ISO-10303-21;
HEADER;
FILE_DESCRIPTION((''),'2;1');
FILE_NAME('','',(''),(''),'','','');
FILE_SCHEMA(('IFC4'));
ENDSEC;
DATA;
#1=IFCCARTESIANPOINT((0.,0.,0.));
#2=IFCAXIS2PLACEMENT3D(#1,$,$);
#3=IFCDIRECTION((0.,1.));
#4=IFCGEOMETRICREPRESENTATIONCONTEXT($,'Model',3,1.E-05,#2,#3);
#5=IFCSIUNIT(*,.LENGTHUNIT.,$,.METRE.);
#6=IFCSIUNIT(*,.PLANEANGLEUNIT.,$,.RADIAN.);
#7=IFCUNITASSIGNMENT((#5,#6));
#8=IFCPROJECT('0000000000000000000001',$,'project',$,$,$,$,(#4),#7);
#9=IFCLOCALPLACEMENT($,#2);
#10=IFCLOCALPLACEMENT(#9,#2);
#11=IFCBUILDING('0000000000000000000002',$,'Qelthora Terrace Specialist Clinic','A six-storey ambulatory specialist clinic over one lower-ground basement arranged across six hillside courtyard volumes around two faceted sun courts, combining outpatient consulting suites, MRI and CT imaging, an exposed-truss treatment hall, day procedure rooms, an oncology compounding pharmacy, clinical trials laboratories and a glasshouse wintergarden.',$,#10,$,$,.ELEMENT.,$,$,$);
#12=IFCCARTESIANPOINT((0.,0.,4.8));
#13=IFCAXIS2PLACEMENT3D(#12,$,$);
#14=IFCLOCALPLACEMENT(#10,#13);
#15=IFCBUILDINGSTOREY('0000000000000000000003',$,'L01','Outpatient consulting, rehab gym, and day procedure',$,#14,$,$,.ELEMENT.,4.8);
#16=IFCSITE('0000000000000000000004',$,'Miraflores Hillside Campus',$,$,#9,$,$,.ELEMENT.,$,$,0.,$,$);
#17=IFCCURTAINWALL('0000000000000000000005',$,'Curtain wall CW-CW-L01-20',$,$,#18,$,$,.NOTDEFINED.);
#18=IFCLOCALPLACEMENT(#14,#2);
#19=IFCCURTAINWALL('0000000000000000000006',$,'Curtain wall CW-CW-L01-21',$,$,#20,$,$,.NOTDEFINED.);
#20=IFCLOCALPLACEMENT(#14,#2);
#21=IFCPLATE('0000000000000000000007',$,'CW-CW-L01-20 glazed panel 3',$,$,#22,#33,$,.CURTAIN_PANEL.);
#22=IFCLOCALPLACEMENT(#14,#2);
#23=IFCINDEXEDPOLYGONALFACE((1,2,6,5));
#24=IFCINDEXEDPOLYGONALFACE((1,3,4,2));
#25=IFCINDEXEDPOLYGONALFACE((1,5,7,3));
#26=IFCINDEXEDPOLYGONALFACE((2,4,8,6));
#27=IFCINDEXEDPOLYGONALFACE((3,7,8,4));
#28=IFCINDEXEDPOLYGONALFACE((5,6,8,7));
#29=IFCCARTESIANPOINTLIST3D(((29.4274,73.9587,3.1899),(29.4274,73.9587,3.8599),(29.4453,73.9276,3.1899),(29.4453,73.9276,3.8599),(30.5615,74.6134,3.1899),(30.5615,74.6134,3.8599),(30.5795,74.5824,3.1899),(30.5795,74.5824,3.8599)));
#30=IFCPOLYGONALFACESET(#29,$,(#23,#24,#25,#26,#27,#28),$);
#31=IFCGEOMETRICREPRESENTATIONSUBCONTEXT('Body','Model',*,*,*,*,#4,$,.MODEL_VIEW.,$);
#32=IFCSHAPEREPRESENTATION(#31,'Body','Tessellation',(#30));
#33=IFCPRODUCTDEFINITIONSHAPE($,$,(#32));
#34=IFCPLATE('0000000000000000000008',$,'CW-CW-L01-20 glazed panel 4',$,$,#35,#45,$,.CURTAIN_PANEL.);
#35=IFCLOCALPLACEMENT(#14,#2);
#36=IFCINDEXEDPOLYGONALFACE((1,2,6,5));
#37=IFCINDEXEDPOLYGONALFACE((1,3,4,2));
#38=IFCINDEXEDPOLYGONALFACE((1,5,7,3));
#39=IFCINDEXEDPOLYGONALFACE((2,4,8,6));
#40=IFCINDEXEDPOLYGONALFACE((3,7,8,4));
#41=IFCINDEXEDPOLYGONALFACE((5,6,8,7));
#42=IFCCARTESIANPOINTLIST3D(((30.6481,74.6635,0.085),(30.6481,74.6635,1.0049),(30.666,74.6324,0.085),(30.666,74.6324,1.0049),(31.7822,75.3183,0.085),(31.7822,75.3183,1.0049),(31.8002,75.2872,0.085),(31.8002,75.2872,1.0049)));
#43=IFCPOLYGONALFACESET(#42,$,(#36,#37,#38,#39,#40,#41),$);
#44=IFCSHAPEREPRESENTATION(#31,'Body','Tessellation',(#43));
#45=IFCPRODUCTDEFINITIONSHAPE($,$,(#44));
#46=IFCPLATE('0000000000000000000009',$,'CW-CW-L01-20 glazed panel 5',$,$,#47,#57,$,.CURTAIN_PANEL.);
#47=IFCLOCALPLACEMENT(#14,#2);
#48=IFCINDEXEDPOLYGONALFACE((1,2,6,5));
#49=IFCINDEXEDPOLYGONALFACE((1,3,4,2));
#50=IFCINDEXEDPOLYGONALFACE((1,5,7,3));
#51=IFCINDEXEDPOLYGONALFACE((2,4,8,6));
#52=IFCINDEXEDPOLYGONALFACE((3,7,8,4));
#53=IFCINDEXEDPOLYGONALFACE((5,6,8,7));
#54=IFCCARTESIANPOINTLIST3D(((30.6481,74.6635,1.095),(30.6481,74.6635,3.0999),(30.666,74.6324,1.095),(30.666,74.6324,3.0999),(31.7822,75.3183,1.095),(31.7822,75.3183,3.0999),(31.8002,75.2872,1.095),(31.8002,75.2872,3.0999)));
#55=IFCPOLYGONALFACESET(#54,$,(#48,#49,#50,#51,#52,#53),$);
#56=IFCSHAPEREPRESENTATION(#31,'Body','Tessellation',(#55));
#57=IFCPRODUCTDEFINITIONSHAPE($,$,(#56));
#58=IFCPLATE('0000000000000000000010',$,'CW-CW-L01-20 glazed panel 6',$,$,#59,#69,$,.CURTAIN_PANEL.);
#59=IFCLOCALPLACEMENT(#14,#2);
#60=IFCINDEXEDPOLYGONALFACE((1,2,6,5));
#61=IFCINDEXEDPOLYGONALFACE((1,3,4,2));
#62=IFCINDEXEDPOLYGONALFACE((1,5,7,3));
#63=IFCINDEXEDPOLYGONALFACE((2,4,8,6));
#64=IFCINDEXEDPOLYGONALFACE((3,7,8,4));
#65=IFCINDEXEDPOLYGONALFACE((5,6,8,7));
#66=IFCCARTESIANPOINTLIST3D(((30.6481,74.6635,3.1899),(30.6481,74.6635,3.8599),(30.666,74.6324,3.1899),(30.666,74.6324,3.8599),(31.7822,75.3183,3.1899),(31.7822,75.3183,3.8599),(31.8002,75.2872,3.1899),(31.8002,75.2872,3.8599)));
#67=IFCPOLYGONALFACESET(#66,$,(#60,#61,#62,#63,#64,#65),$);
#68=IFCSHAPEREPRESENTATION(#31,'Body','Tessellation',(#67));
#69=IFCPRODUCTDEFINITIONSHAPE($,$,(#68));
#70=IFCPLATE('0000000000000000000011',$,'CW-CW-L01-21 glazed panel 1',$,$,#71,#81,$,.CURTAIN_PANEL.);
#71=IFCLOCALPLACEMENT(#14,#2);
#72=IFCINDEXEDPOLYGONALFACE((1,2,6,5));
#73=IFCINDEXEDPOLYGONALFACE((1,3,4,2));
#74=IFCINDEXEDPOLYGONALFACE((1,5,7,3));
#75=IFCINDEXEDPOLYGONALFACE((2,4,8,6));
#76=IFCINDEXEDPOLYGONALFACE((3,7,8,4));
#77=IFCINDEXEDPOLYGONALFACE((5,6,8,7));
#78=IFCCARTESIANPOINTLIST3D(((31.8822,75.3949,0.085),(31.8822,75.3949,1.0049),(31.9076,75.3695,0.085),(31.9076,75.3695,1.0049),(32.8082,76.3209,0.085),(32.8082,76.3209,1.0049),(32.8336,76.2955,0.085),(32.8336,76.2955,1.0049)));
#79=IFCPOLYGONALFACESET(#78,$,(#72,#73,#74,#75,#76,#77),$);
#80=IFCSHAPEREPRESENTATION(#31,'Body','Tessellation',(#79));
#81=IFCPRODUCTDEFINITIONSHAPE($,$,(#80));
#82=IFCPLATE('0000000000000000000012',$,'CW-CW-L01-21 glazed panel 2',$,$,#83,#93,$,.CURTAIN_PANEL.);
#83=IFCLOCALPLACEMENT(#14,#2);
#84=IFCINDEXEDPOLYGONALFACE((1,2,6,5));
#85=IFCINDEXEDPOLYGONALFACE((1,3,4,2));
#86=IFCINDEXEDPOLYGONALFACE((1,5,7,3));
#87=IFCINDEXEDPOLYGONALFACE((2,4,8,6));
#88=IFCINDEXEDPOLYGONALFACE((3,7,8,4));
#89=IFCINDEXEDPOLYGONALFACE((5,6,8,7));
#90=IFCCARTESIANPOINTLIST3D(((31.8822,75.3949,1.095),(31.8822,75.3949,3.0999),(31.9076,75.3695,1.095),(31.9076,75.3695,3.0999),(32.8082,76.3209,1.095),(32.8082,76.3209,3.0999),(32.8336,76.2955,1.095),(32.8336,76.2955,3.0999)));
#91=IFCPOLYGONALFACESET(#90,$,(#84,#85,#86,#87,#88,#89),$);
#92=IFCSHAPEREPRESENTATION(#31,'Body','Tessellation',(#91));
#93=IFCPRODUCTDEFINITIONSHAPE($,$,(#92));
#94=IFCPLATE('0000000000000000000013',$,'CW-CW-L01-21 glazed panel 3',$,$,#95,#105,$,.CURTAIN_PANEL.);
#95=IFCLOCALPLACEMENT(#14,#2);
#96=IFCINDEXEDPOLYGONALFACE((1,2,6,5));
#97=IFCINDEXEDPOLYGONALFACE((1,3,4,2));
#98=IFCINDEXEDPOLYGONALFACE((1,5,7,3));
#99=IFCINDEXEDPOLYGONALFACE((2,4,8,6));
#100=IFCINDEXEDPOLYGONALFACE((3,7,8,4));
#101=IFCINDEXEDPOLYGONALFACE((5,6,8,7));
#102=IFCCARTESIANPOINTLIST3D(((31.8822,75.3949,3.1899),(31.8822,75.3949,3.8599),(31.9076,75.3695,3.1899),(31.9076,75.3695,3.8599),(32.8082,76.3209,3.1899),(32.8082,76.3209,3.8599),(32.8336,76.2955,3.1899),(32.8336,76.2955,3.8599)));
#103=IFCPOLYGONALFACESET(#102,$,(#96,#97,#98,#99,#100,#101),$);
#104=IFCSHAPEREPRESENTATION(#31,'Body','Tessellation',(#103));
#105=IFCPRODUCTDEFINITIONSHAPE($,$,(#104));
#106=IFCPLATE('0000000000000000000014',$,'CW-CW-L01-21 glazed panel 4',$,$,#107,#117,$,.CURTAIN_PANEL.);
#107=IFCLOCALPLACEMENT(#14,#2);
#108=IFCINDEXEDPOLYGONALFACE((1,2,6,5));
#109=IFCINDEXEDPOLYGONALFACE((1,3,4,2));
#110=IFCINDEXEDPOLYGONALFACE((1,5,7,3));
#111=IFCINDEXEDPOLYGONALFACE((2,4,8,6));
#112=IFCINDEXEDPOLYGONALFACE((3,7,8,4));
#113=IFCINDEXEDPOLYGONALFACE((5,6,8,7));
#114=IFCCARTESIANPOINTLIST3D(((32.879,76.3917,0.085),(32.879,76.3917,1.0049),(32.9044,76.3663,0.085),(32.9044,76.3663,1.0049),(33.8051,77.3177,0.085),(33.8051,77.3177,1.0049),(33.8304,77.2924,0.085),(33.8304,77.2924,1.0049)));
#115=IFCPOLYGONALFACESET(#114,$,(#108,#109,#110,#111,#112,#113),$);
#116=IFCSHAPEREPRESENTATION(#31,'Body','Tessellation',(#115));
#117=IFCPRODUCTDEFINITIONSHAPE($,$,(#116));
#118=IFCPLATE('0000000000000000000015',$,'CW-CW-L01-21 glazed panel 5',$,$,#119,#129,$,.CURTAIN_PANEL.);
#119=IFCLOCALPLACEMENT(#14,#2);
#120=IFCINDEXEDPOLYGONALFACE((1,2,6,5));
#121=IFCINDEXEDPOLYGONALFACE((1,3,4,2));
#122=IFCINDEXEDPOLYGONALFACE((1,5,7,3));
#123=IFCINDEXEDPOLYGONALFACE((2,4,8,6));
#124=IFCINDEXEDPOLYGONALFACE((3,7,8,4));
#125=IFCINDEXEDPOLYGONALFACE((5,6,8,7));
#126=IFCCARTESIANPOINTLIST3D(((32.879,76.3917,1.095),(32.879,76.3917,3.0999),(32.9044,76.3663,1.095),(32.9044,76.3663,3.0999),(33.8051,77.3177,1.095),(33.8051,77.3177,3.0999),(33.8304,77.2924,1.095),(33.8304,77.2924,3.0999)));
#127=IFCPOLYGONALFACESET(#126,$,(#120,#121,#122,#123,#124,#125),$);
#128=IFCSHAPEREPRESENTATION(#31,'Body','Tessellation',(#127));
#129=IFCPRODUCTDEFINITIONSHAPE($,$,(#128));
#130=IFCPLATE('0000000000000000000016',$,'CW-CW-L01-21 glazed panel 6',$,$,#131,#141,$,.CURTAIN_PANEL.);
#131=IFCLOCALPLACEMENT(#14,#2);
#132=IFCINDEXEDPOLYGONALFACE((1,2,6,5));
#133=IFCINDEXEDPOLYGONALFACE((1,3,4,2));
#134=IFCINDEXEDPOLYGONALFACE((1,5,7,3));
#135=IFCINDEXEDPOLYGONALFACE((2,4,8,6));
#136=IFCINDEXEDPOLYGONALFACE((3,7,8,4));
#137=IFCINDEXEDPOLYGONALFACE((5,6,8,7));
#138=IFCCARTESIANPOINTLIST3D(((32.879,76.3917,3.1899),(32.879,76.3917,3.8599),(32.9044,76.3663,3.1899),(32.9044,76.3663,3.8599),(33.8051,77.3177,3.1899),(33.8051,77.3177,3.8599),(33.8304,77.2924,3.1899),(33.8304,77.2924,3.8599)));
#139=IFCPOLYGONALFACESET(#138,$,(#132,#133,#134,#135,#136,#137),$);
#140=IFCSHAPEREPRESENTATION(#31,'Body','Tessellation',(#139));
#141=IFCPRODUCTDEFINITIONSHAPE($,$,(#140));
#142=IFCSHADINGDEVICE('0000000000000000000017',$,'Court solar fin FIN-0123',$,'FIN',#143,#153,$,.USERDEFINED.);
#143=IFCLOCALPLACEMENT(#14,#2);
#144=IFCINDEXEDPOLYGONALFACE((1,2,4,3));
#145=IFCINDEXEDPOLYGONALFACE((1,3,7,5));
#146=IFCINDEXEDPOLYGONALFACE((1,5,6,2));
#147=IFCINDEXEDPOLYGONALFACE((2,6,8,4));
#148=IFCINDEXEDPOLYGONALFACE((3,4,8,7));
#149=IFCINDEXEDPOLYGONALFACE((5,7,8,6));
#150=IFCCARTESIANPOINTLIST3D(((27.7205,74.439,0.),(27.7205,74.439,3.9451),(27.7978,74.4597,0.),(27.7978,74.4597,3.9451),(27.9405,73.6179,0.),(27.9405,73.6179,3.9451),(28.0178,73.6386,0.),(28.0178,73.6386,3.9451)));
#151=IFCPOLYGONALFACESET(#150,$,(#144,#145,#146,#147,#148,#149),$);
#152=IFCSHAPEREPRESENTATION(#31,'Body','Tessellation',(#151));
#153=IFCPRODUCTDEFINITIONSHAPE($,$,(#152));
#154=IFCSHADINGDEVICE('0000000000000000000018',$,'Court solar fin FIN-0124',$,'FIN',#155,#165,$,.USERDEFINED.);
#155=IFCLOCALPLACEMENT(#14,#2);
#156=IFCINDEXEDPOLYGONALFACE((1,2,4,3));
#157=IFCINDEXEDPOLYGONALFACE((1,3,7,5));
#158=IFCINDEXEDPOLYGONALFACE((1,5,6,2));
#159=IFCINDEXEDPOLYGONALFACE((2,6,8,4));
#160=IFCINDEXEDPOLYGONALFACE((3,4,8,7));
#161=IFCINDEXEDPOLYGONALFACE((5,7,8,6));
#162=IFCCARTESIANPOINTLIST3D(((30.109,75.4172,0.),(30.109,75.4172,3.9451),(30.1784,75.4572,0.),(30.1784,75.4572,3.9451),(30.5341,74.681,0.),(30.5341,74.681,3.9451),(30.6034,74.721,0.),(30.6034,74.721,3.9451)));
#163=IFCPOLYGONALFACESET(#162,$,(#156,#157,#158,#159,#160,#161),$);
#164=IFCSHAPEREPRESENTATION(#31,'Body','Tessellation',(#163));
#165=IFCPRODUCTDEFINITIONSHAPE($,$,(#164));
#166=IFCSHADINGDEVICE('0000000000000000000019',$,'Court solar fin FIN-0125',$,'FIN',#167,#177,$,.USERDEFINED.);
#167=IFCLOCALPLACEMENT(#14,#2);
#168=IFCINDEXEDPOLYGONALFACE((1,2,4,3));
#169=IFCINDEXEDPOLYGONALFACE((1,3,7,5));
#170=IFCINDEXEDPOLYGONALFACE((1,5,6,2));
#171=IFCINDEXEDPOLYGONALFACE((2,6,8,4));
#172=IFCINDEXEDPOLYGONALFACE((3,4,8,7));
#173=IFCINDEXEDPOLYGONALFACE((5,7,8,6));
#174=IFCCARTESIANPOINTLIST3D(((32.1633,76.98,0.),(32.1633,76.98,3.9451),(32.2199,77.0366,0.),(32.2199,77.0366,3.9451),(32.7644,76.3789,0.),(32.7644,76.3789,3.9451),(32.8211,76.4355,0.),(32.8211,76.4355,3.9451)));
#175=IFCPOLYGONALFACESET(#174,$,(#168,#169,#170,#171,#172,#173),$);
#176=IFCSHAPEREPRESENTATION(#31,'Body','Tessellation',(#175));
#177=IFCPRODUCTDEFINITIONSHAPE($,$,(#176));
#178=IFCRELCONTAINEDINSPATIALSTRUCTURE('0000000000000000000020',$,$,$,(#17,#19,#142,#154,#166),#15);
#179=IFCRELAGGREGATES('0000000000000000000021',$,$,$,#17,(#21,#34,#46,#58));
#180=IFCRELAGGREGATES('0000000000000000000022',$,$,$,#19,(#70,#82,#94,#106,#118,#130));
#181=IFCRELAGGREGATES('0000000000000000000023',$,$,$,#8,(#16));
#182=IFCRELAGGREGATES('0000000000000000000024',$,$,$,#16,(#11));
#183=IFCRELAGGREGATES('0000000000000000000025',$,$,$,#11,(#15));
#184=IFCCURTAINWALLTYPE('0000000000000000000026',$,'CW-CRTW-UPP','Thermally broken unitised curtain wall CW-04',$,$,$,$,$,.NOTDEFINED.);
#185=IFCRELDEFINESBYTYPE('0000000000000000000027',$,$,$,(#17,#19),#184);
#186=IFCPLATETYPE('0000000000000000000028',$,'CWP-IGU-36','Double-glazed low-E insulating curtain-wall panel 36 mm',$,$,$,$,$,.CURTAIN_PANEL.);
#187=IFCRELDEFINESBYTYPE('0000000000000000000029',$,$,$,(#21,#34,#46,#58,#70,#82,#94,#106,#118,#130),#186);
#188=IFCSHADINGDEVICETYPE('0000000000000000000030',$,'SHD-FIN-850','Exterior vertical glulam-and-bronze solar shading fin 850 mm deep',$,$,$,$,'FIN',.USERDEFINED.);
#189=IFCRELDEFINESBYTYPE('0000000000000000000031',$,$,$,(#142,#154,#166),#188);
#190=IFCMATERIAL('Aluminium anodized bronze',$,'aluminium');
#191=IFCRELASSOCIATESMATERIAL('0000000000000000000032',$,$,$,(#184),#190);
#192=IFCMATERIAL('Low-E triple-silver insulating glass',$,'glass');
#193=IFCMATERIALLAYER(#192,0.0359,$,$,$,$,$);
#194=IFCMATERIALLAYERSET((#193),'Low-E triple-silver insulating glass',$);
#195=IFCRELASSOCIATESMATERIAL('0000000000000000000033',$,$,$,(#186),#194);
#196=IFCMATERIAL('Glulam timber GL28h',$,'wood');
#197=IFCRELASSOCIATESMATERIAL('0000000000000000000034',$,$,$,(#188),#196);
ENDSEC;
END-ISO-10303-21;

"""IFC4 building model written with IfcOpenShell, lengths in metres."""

from ifc_helpers import new_model, si_unit, direction, frame, origin, origin_2d, place, context, subcontext, project, spatial, rectangle, extrude, material, layer, layer_set, type_object, element, aggregate, save


model = new_model("IFC4")

# Units and contexts
model_context = context("Model", 3, precision=1e-05, world=origin(), true_north=direction((0.0, 1.0)))
body_context = subcontext(model_context, "Body", "Model", "MODEL_VIEW")
ifc_project = project(units=[si_unit("LENGTHUNIT", "METRE"), si_unit("PLANEANGLEUNIT", "RADIAN")], contexts=[model_context])

# Site, building, storey
site_placement = place(None, origin())
site = spatial("IfcSite", under=ifc_project, at=site_placement, Name="Miraflores Hillside Campus", CompositionType="ELEMENT", RefElevation=0.0)
building_placement = place(site_placement, origin())
building = spatial("IfcBuilding", under=site, at=building_placement, Name="Qelthora Terrace Specialist Clinic", Description="A six-storey ambulatory specialist clinic over one lower-ground basement arranged across six hillside courtyard volumes around two faceted sun courts, combining outpatient consulting suites, MRI and CT imaging, an exposed-truss treatment hall, day procedure rooms, an oncology compounding pharmacy, clinical trials laboratories and a glasshouse wintergarden.", CompositionType="ELEMENT")
storey_placement = place(building_placement, frame((0.0, 0.0, 4.8)))
storey = spatial("IfcBuildingStorey", under=building, at=storey_placement, Name="L01", Description="Outpatient consulting, rehab gym, and day procedure", CompositionType="ELEMENT", Elevation=4.8)

# Curtain walls
ifc_material_1 = material(Name="Aluminium anodized bronze", Category="aluminium")
curtain_wall_type = type_object("IfcCurtainWallType", Name="CW-CRTW-UPP", Description="Thermally broken unitised curtain wall CW-04", PredefinedType="NOTDEFINED", material=ifc_material_1)
curtain_wall_1_placement = place(storey_placement, origin())
curtain_wall_1 = element("IfcCurtainWall", 1, at=curtain_wall_1_placement, inside=storey, type_object=curtain_wall_type, Name="Curtain wall CW-CW-L01-20", PredefinedType="NOTDEFINED")
curtain_wall_2_placement = place(storey_placement, origin())
curtain_wall_2 = element("IfcCurtainWall", 2, at=curtain_wall_2_placement, inside=storey, type_object=curtain_wall_type, Name="Curtain wall CW-CW-L01-21", PredefinedType="NOTDEFINED")

# Plates
ifc_material_2 = material(Name="Low-E triple-silver insulating glass", Category="glass")
ifc_layer = layer(ifc_material_2, 0.0359)
ifc_layer_set = layer_set([ifc_layer], Name="Low-E triple-silver insulating glass")
plate_type = type_object("IfcPlateType", Name="CWP-IGU-36", Description="Double-glazed low-E insulating curtain-wall panel 36 mm", PredefinedType="CURTAIN_PANEL", material=ifc_layer_set)
plate_1_placement = place(storey_placement, frame((30.0034, 74.2705, 3.1899), z_axis=(0.0, 0.0, 1.0), x_axis=(0.866025, 0.5, 0.0)))
plate_1 = element("IfcPlate", 3, at=plate_1_placement, type_object=plate_type, Name="CW-CW-L01-20 glazed panel 3", PredefinedType="CURTAIN_PANEL", context=body_context, shape_type="SweptSolid", body=[
    extrude(rectangle(XDim=1.3096, YDim=0.0359, at=origin_2d()), origin(), (0.0, 0.0, 1.0), 0.6699),
])
plate_2_placement = place(storey_placement, frame((31.2241, 74.9753, 0.085), z_axis=(0.0, 0.0, 1.0), x_axis=(0.866025, 0.5, 0.0)))
plate_2 = element("IfcPlate", 4, at=plate_2_placement, type_object=plate_type, Name="CW-CW-L01-20 glazed panel 4", PredefinedType="CURTAIN_PANEL", context=body_context, shape_type="SweptSolid", body=[
    extrude(rectangle(XDim=1.3096, YDim=0.0359, at=origin_2d()), origin(), (0.0, 0.0, 1.0), 0.9199),
])
plate_3_placement = place(storey_placement, frame((31.2241, 74.9753, 1.095), z_axis=(0.0, 0.0, 1.0), x_axis=(0.866025, 0.5, 0.0)))
plate_3 = element("IfcPlate", 5, at=plate_3_placement, type_object=plate_type, Name="CW-CW-L01-20 glazed panel 5", PredefinedType="CURTAIN_PANEL", context=body_context, shape_type="SweptSolid", body=[
    extrude(rectangle(XDim=1.3096, YDim=0.0359, at=origin_2d()), origin(), (0.0, 0.0, 1.0), 2.0049),
])
plate_4_placement = place(storey_placement, frame((31.2241, 74.9753, 3.1899), z_axis=(0.0, 0.0, 1.0), x_axis=(0.866025, 0.5, 0.0)))
plate_4 = element("IfcPlate", 6, at=plate_4_placement, type_object=plate_type, Name="CW-CW-L01-20 glazed panel 6", PredefinedType="CURTAIN_PANEL", context=body_context, shape_type="SweptSolid", body=[
    extrude(rectangle(XDim=1.3096, YDim=0.0359, at=origin_2d()), origin(), (0.0, 0.0, 1.0), 0.6699),
])
aggregate(curtain_wall_1, [plate_1, plate_2, plate_3, plate_4])
plate_5_placement = place(storey_placement, frame((32.3579, 75.8452, 0.085), z_axis=(0.0, 0.0, 1.0), x_axis=(0.707107, 0.707107, 0.0)))
plate_5 = element("IfcPlate", 7, at=plate_5_placement, type_object=plate_type, Name="CW-CW-L01-21 glazed panel 1", PredefinedType="CURTAIN_PANEL", context=body_context, shape_type="SweptSolid", body=[
    extrude(rectangle(XDim=1.3096, YDim=0.0359, at=origin_2d()), origin(), (0.0, 0.0, 1.0), 0.9199),
])
plate_6_placement = place(storey_placement, frame((32.3579, 75.8452, 1.095), z_axis=(0.0, 0.0, 1.0), x_axis=(0.707107, 0.707107, 0.0)))
plate_6 = element("IfcPlate", 8, at=plate_6_placement, type_object=plate_type, Name="CW-CW-L01-21 glazed panel 2", PredefinedType="CURTAIN_PANEL", context=body_context, shape_type="SweptSolid", body=[
    extrude(rectangle(XDim=1.3096, YDim=0.0359, at=origin_2d()), origin(), (0.0, 0.0, 1.0), 2.0049),
])
plate_7_placement = place(storey_placement, frame((32.3579, 75.8452, 3.1899), z_axis=(0.0, 0.0, 1.0), x_axis=(0.707107, 0.707107, 0.0)))
plate_7 = element("IfcPlate", 9, at=plate_7_placement, type_object=plate_type, Name="CW-CW-L01-21 glazed panel 3", PredefinedType="CURTAIN_PANEL", context=body_context, shape_type="SweptSolid", body=[
    extrude(rectangle(XDim=1.3096, YDim=0.0359, at=origin_2d()), origin(), (0.0, 0.0, 1.0), 0.6699),
])
plate_8_placement = place(storey_placement, frame((33.3547, 76.842, 0.085), z_axis=(0.0, 0.0, 1.0), x_axis=(0.707107, 0.707107, 0.0)))
plate_8 = element("IfcPlate", 10, at=plate_8_placement, type_object=plate_type, Name="CW-CW-L01-21 glazed panel 4", PredefinedType="CURTAIN_PANEL", context=body_context, shape_type="SweptSolid", body=[
    extrude(rectangle(XDim=1.3096, YDim=0.0359, at=origin_2d()), origin(), (0.0, 0.0, 1.0), 0.9199),
])
plate_9_placement = place(storey_placement, frame((33.3547, 76.842, 1.095), z_axis=(0.0, 0.0, 1.0), x_axis=(0.707107, 0.707107, 0.0)))
plate_9 = element("IfcPlate", 11, at=plate_9_placement, type_object=plate_type, Name="CW-CW-L01-21 glazed panel 5", PredefinedType="CURTAIN_PANEL", context=body_context, shape_type="SweptSolid", body=[
    extrude(rectangle(XDim=1.3096, YDim=0.0359, at=origin_2d()), origin(), (0.0, 0.0, 1.0), 2.0049),
])
plate_10_placement = place(storey_placement, frame((33.3547, 76.842, 3.1899), z_axis=(0.0, 0.0, 1.0), x_axis=(0.707107, 0.707107, 0.0)))
plate_10 = element("IfcPlate", 12, at=plate_10_placement, type_object=plate_type, Name="CW-CW-L01-21 glazed panel 6", PredefinedType="CURTAIN_PANEL", context=body_context, shape_type="SweptSolid", body=[
    extrude(rectangle(XDim=1.3096, YDim=0.0359, at=origin_2d()), origin(), (0.0, 0.0, 1.0), 0.6699),
])
aggregate(curtain_wall_2, [plate_5, plate_6, plate_7, plate_8, plate_9, plate_10])

# Shading devices
ifc_material_3 = material(Name="Glulam timber GL28h", Category="wood")
shading_device_type = type_object("IfcShadingDeviceType", Name="SHD-FIN-850", Description="Exterior vertical glulam-and-bronze solar shading fin 850 mm deep", ElementType="FIN", PredefinedType="USERDEFINED", material=ifc_material_3)
for number, where, z_axis, x_axis, name in (
    (13, (27.8691, 74.0388, 0.0), (0.0, 0.0, 1.0), (-0.258819, 0.965926, 0.0), "Court solar fin FIN-0123"),
    (14, (30.3562, 75.0691, 0.0), (0.0, 0.0, 1.0), (-0.5, 0.866025, 0.0), "Court solar fin FIN-0124"),
    (15, (32.4922, 76.7078, 0.0), (0.0, 0.0, 1.0), (-0.707107, 0.707107, 0.0), "Court solar fin FIN-0125"),
):
    element("IfcShadingDevice", number, at=place(storey_placement, frame(where, z_axis=z_axis, x_axis=x_axis)), inside=storey, type_object=shading_device_type, Name=name, ObjectType="FIN", PredefinedType="USERDEFINED", context=body_context, shape_type="SweptSolid", body=[
        extrude(rectangle(XDim=0.8501, YDim=0.0801, at=origin_2d()), origin(), (0.0, 0.0, 1.0), 3.9451),
    ])

save(model, "model.ifc")
